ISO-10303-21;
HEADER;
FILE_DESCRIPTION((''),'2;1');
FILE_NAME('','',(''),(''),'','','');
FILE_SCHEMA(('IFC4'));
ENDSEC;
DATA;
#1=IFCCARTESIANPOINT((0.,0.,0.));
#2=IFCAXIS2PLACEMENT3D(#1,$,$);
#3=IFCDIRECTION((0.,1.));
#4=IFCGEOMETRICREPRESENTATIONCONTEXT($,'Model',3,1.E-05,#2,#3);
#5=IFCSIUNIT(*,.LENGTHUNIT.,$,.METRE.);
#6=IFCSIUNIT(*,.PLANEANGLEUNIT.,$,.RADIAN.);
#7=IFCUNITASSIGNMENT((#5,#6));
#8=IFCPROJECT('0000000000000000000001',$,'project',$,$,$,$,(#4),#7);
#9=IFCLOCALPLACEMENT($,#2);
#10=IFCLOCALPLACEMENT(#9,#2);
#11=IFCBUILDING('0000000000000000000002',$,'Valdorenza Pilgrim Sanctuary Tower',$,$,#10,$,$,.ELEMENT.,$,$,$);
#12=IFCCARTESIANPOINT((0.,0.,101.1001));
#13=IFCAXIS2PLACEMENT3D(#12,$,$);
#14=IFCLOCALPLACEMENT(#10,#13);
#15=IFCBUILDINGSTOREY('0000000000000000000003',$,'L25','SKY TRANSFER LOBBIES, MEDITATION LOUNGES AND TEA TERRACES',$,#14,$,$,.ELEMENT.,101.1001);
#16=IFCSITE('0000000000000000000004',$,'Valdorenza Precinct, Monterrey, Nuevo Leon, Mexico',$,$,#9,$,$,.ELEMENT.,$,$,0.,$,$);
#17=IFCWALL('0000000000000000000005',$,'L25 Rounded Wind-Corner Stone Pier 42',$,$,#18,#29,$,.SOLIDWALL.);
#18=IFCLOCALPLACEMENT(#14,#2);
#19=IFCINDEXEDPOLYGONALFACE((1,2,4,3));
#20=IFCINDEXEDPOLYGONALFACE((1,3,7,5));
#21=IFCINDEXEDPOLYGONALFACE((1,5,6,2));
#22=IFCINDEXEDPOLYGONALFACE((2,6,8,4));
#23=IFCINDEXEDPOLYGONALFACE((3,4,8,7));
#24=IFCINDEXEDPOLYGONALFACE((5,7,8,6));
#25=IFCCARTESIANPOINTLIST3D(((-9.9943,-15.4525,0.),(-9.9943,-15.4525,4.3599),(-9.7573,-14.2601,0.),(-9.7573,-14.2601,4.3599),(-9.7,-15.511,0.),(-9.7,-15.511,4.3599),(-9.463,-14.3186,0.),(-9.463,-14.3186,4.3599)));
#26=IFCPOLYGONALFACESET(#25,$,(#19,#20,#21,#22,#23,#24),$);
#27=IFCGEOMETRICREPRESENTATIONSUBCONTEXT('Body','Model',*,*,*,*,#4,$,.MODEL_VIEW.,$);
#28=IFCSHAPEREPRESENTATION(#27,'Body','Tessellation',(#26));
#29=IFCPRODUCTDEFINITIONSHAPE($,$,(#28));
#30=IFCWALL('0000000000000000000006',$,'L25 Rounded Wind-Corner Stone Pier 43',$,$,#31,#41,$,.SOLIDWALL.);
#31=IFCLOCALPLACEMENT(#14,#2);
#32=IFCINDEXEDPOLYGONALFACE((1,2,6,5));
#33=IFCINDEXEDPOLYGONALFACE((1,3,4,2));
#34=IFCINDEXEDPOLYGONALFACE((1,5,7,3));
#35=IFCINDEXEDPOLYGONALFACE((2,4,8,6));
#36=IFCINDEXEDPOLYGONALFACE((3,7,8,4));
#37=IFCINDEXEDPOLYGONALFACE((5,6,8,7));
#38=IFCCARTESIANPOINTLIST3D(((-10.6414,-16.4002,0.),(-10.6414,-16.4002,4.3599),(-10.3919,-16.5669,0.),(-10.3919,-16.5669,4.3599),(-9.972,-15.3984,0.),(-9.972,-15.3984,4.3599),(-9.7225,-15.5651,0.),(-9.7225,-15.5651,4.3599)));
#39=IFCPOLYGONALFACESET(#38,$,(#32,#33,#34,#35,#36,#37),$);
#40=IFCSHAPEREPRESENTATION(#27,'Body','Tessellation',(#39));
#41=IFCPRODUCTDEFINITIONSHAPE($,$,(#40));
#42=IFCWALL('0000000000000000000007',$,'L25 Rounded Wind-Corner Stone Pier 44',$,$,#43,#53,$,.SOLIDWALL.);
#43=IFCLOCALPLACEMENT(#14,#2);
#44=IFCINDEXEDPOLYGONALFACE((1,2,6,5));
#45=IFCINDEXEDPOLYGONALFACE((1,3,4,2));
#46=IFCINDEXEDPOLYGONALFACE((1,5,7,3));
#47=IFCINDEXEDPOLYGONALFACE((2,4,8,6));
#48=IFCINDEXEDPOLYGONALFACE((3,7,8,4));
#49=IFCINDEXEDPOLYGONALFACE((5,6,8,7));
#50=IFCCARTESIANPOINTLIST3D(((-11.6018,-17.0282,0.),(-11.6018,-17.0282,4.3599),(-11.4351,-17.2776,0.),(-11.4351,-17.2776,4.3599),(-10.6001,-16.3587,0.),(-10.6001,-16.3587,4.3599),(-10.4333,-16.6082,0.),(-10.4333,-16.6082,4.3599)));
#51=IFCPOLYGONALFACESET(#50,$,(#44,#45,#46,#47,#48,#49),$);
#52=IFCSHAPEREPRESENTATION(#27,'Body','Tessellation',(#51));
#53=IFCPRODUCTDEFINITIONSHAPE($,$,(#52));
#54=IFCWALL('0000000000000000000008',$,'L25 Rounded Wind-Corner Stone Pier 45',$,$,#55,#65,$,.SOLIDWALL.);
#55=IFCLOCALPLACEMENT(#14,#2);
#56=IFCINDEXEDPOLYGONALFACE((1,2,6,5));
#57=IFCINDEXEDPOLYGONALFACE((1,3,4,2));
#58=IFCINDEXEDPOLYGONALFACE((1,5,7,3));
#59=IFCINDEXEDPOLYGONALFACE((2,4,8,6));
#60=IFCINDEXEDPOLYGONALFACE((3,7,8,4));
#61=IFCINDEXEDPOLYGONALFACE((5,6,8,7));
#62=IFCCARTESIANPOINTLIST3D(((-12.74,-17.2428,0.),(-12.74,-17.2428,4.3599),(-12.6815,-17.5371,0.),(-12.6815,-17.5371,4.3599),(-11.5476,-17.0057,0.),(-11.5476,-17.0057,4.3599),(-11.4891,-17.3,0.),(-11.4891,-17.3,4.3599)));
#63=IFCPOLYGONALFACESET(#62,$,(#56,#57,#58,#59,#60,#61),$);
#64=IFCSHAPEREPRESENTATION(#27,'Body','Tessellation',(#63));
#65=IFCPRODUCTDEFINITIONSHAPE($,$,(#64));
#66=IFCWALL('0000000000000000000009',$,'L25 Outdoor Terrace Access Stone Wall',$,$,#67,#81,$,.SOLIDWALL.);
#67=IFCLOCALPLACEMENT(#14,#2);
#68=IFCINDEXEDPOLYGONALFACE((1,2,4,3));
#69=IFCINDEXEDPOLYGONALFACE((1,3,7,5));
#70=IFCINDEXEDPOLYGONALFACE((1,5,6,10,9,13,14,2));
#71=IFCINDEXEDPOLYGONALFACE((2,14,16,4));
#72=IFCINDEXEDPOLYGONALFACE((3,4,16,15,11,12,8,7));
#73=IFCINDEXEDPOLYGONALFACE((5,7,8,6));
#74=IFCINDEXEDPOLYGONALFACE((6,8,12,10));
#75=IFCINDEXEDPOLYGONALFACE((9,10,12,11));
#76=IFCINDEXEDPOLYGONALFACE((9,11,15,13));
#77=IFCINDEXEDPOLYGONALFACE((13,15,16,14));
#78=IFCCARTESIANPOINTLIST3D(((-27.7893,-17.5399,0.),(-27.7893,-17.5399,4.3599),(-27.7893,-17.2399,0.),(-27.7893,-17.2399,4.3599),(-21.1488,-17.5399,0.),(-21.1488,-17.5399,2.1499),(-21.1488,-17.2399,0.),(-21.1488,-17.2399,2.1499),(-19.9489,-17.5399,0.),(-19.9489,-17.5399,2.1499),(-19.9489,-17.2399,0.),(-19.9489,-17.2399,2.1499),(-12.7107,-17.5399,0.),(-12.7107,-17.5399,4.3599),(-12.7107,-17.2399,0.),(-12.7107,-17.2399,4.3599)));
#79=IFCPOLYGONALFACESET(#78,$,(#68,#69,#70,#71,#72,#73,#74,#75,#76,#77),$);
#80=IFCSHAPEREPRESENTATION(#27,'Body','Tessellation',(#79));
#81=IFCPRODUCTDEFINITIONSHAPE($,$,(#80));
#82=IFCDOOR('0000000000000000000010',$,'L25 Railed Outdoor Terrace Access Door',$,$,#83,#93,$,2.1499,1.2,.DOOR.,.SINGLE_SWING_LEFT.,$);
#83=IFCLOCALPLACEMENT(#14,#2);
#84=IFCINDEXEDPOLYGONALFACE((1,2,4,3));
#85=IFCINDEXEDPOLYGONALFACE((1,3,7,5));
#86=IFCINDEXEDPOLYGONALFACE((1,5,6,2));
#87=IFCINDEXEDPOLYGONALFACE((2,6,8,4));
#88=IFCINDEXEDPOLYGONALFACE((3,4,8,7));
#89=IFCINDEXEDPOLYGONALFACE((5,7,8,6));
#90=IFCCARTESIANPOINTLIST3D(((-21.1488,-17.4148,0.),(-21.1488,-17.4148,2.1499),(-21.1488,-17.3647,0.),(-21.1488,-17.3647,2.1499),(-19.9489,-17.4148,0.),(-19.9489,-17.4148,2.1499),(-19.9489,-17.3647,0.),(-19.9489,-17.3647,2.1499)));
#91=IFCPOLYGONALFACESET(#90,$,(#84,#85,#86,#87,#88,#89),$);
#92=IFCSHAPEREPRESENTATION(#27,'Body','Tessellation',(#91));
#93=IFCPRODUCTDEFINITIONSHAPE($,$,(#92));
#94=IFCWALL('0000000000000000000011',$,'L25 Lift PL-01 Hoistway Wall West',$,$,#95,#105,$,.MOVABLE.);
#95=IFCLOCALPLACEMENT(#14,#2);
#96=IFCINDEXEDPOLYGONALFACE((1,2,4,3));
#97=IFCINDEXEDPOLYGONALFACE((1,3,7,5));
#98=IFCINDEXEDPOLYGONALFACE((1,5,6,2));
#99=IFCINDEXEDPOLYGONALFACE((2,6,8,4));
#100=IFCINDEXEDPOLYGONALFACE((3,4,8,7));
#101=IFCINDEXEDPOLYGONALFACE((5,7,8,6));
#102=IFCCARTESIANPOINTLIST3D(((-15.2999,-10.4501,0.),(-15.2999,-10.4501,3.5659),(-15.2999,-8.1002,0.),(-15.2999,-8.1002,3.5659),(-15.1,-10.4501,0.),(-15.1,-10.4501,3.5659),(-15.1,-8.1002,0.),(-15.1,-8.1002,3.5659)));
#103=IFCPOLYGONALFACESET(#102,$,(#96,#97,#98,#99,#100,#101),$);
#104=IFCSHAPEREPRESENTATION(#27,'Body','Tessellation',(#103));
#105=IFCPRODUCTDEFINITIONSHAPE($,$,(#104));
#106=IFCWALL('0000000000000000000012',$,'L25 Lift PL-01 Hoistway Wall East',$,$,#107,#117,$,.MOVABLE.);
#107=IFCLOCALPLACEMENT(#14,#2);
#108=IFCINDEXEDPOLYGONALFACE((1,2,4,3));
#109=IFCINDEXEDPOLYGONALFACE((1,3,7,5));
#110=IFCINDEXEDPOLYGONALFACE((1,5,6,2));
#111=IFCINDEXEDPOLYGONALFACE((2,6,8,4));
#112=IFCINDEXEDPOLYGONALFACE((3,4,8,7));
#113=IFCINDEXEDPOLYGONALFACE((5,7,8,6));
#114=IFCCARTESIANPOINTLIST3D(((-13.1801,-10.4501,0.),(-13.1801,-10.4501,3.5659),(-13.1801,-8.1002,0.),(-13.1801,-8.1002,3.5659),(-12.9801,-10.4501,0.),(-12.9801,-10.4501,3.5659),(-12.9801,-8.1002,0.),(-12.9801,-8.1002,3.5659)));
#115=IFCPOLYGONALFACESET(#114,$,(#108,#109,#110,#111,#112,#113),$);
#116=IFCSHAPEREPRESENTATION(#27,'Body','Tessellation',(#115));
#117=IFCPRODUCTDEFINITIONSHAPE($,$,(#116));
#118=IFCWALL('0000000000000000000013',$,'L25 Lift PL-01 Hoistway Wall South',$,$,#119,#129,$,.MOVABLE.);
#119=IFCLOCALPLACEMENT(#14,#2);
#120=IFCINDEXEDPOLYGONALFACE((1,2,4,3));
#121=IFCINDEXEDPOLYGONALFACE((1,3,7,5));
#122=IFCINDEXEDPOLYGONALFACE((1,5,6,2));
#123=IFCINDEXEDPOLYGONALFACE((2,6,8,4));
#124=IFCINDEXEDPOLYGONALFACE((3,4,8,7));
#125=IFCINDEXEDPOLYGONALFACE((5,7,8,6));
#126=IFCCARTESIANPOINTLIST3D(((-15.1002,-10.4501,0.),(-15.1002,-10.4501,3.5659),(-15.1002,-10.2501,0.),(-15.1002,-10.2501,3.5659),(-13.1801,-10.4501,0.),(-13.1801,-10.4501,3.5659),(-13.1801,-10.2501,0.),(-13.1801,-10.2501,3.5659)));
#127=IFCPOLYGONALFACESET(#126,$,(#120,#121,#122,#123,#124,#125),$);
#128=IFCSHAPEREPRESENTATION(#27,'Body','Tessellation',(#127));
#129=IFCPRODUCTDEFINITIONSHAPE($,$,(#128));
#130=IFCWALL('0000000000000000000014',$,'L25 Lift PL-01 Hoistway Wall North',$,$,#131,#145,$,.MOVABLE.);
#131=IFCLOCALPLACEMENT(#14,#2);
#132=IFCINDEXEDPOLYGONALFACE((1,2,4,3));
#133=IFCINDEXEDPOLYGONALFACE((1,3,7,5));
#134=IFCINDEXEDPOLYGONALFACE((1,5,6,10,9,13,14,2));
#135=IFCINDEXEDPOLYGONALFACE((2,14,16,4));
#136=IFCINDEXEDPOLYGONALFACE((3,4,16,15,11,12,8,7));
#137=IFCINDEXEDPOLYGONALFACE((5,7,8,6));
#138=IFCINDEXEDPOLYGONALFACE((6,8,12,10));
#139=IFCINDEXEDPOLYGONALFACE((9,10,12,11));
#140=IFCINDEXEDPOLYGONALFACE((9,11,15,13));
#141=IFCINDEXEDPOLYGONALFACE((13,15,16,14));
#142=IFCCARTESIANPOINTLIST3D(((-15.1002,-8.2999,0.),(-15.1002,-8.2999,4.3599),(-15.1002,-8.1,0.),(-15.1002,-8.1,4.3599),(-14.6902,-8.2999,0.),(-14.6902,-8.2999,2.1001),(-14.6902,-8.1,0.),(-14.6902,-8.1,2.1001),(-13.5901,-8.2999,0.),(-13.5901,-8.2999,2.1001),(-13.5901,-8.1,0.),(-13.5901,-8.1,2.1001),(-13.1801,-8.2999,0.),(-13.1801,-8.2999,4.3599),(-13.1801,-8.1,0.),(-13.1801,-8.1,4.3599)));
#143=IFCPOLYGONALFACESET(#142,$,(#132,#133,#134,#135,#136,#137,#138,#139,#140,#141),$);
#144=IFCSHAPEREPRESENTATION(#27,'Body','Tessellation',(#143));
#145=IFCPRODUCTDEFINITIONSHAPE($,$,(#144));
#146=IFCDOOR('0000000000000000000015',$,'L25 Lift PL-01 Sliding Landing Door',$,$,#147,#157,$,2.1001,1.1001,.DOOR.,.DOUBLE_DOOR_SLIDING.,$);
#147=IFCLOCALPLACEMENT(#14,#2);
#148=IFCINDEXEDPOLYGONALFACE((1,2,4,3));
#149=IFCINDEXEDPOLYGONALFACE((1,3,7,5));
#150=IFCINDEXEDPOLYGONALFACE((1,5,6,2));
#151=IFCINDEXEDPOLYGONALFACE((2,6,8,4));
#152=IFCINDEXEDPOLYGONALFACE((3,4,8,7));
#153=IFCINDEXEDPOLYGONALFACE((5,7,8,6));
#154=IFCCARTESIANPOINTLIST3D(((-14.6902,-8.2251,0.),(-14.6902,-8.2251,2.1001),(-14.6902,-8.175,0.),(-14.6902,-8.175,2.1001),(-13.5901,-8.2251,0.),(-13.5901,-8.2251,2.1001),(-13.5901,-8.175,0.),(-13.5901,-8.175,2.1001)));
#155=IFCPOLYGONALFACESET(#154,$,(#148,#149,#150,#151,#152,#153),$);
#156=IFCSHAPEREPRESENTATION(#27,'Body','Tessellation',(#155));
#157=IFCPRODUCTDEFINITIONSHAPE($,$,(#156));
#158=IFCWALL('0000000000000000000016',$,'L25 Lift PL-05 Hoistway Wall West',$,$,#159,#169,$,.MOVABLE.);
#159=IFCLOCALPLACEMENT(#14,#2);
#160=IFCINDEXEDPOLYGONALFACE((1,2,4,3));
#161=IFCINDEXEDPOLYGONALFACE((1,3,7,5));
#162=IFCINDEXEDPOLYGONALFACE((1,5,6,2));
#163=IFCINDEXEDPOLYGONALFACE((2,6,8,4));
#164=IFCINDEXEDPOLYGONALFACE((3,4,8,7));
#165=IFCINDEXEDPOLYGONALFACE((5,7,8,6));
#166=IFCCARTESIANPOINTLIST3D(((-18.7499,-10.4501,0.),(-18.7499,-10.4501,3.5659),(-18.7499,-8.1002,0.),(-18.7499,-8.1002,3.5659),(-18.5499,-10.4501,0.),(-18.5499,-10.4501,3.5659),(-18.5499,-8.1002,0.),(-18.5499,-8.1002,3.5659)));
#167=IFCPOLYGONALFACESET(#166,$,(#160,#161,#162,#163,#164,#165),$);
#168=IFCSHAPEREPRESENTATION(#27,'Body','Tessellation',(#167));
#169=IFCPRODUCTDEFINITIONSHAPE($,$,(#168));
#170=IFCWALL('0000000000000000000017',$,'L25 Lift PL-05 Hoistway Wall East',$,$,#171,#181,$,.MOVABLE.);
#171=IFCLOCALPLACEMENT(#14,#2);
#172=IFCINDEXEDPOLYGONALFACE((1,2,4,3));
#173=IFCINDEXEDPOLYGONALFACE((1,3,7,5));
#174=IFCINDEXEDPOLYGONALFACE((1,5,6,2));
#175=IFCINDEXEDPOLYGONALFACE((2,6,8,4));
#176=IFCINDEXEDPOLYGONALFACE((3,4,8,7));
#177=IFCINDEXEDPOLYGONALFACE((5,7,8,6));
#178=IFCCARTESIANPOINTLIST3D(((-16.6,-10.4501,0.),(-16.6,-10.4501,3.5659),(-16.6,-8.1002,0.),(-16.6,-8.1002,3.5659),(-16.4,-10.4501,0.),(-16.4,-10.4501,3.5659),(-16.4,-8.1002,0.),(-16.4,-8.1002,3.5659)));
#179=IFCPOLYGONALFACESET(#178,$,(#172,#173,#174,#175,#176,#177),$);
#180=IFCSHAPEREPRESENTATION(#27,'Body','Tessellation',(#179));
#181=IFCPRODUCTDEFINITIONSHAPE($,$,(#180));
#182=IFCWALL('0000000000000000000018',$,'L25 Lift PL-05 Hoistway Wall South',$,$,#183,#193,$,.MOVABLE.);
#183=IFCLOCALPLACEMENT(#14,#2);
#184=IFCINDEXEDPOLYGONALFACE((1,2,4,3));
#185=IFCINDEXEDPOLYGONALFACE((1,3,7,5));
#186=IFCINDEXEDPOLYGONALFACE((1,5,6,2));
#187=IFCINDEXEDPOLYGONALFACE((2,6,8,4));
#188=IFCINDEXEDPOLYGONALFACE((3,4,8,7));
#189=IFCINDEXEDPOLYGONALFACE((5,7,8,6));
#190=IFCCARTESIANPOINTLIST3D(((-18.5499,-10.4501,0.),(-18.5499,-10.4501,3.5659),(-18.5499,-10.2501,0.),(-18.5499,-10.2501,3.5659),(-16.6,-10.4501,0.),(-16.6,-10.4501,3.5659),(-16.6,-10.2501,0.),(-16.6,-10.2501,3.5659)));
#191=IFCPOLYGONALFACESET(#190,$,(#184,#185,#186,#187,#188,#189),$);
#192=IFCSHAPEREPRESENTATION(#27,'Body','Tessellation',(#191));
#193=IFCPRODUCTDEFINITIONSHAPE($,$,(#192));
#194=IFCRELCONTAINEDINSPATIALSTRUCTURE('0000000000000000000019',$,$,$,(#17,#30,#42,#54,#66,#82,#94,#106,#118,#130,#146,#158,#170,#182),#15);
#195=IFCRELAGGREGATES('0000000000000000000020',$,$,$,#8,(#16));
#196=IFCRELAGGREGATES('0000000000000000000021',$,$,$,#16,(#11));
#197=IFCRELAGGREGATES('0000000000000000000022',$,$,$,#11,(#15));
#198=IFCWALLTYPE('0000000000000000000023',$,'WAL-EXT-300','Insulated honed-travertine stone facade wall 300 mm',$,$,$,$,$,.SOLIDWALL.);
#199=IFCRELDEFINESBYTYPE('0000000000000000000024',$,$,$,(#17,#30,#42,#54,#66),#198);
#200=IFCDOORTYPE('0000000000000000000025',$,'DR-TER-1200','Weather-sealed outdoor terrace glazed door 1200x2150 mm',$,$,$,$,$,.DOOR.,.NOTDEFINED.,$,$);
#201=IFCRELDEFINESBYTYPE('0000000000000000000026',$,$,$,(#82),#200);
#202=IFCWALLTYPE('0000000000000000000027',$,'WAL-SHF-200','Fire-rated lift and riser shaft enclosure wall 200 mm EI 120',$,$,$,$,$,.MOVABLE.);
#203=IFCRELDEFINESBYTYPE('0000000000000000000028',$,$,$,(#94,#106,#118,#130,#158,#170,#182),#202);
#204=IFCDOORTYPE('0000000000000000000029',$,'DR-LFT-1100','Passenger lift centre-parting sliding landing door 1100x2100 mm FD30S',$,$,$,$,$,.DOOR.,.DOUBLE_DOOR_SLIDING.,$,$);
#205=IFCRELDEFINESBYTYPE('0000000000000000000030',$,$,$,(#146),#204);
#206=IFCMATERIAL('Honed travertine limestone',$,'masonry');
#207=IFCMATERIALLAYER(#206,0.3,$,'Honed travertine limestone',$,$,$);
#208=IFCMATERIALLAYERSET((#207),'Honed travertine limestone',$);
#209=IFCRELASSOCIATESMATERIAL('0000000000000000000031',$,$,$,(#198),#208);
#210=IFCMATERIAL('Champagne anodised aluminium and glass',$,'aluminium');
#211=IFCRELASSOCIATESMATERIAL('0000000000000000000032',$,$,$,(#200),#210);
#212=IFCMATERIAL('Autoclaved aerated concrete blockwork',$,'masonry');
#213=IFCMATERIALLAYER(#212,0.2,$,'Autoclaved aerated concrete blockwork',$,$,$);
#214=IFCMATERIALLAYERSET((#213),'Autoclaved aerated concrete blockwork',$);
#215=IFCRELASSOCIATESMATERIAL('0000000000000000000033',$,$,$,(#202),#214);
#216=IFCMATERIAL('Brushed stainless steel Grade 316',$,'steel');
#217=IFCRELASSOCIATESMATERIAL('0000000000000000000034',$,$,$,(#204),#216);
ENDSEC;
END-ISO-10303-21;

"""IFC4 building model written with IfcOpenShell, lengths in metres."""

from ifc_helpers import new_model, si_unit, direction, frame, frame_2d, origin, place, context, subcontext, project, spatial, rectangle, extrude, material, layer, layer_set, type_object, element, fill, save


model = new_model("IFC4")

# Units and contexts
model_context = context("Model", 3, precision=1e-05, world=origin(), true_north=direction((0.0, 1.0)))
body_context = subcontext(model_context, "Body", "Model", "MODEL_VIEW")
ifc_project = project(units=[si_unit("LENGTHUNIT", "METRE"), si_unit("PLANEANGLEUNIT", "RADIAN")], contexts=[model_context])

# Site, building, storey
site_placement = place(None, origin())
site = spatial("IfcSite", under=ifc_project, at=site_placement, Name="Valdorenza Precinct, Monterrey, Nuevo Leon, Mexico", CompositionType="ELEMENT", RefElevation=0.0)
building_placement = place(site_placement, origin())
building = spatial("IfcBuilding", under=site, at=building_placement, Name="Valdorenza Pilgrim Sanctuary Tower", CompositionType="ELEMENT")
storey_placement = place(building_placement, frame((0.0, 0.0, 101.1001)))
storey = spatial("IfcBuildingStorey", under=building, at=storey_placement, Name="L25", Description="SKY TRANSFER LOBBIES, MEDITATION LOUNGES AND TEA TERRACES", CompositionType="ELEMENT", Elevation=101.1001)

# Shared definitions
ifc_material_1 = material(Name="Honed travertine limestone", Category="masonry")

# Walls
ifc_layer_1 = layer(ifc_material_1, 0.3, Name="Honed travertine limestone")
ifc_layer_set_1 = layer_set([ifc_layer_1], Name="Honed travertine limestone")
wall_type_1 = type_object("IfcWallType", Name="WAL-EXT-300", Description="Insulated honed-travertine stone facade wall 300 mm", PredefinedType="SOLIDWALL", material=ifc_layer_set_1)
wall_1_placement = place(storey_placement, frame((-9.6101, -14.2893, 0.0), z_axis=(0.0, 0.0, 1.0), x_axis=(-0.194996, -0.980804, 0.0)))
element("IfcWall", 1, at=wall_1_placement, inside=storey, type_object=wall_type_1, Name="L25 Rounded Wind-Corner Stone Pier 42", PredefinedType="SOLIDWALL", context=body_context, shape_type="SweptSolid", body=[
    extrude(rectangle(XDim=1.2158, YDim=0.3, at=frame_2d((0.6079, 0.0))), origin(), (0.0, 0.0, 1.0), 4.3599),
])
for number, where, z_axis, x_axis, name in (
    (2, (-9.8472, -15.4817, 0.0), (0.0, 0.0, 1.0), (-0.555635, -0.831426, 0.0), "L25 Rounded Wind-Corner Stone Pier 43"),
    (3, (-10.5166, -16.4834, 0.0), (0.0, 0.0, 1.0), (-0.831426, -0.555635, 0.0), "L25 Rounded Wind-Corner Stone Pier 44"),
):
    element("IfcWall", number, at=place(storey_placement, frame(where, z_axis=z_axis, x_axis=x_axis)), inside=storey, type_object=wall_type_1, Name=name, PredefinedType="SOLIDWALL", context=body_context, shape_type="SweptSolid", body=[
        extrude(rectangle(XDim=1.2048, YDim=0.3, at=frame_2d((0.6025, 0.0))), origin(), (0.0, 0.0, 1.0), 4.3599),
    ])
wall_2_placement = place(storey_placement, frame((-11.5183, -17.1528, 0.0), z_axis=(0.0, 0.0, 1.0), x_axis=(-0.980804, -0.194996, 0.0)))
element("IfcWall", 4, at=wall_2_placement, inside=storey, type_object=wall_type_1, Name="L25 Rounded Wind-Corner Stone Pier 45", PredefinedType="SOLIDWALL", context=body_context, shape_type="SweptSolid", body=[
    extrude(rectangle(XDim=1.2158, YDim=0.3, at=frame_2d((0.6079, 0.0))), origin(), (0.0, 0.0, 1.0), 4.3599),
])

# Wall, opening, door
wall_3_placement = place(storey_placement, frame((-12.7107, -17.3899, 0.0), z_axis=(0.0, 0.0, 1.0), x_axis=(-1.0, 0.0, 0.0)))
wall_3 = element("IfcWall", 5, at=wall_3_placement, inside=storey, type_object=wall_type_1, Name="L25 Outdoor Terrace Access Stone Wall", PredefinedType="SOLIDWALL", context=body_context, shape_type="SweptSolid", body=[
    extrude(rectangle(XDim=15.0786, YDim=0.3, at=frame_2d((7.5393, 0.0))), origin(), (0.0, 0.0, 1.0), 4.3599),
])
opening_1_placement = place(wall_3_placement, frame((7.238, 0.0, 0.0)))
opening_1 = element("IfcOpeningElement", 6, at=opening_1_placement, cuts=wall_3, PredefinedType="OPENING", context=body_context, shape_type="SweptSolid", body=[
    extrude(rectangle(XDim=1.2, YDim=2.1499, at=frame_2d((0.6001, 1.075))), frame((0.0, 0.165, 0.0), z_axis=(0.0, -1.0, 0.0), x_axis=(1.0, 0.0, 0.0)), (0.0, 0.0, 1.0), 0.3298),
])
ifc_material_2 = material(Name="Champagne anodised aluminium and glass", Category="aluminium")
door_type_1 = type_object("IfcDoorType", Name="DR-TER-1200", Description="Weather-sealed outdoor terrace glazed door 1200x2150 mm", OperationType="NOTDEFINED", PredefinedType="DOOR", material=ifc_material_2)
door_1_placement = place(opening_1_placement, origin())
door_1 = element("IfcDoor", 7, at=door_1_placement, inside=storey, type_object=door_type_1, Name="L25 Railed Outdoor Terrace Access Door", OperationType="SINGLE_SWING_LEFT", OverallHeight=2.1499, OverallWidth=1.2, PredefinedType="DOOR", context=body_context, shape_type="SweptSolid", body=[
    extrude(rectangle(XDim=1.2, YDim=2.1499, at=frame_2d((0.6001, 1.075))), frame((0.0, 0.0249, 0.0), z_axis=(0.0, -1.0, 0.0), x_axis=(1.0, 0.0, 0.0)), (0.0, 0.0, 1.0), 0.05),
])
fill(opening_1, door_1)

# Walls
ifc_material_3 = material(Name="Autoclaved aerated concrete blockwork", Category="masonry")
ifc_layer_2 = layer(ifc_material_3, 0.2, Name="Autoclaved aerated concrete blockwork")
ifc_layer_set_2 = layer_set([ifc_layer_2], Name="Autoclaved aerated concrete blockwork")
wall_type_2 = type_object("IfcWallType", Name="WAL-SHF-200", Description="Fire-rated lift and riser shaft enclosure wall 200 mm EI 120", PredefinedType="MOVABLE", material=ifc_layer_set_2)
for number, where, z_axis, x_axis, name in (
    (8, (-15.2, -10.45, 0.0), (0.0, 0.0, 1.0), (0.0, 1.0, 0.0), "L25 Lift PL-01 Hoistway Wall West"),
    (9, (-13.0801, -10.45, 0.0), (0.0, 0.0, 1.0), (0.0, 1.0, 0.0), "L25 Lift PL-01 Hoistway Wall East"),
):
    element("IfcWall", number, at=place(storey_placement, frame(where, z_axis=z_axis, x_axis=x_axis)), inside=storey, type_object=wall_type_2, Name=name, PredefinedType="MOVABLE", context=body_context, shape_type="SweptSolid", body=[
        extrude(rectangle(XDim=2.3499, YDim=0.2, at=frame_2d((1.1748, 0.0))), origin(), (0.0, 0.0, 1.0), 3.5659),
    ])
wall_4_placement = place(storey_placement, frame((-15.1001, -10.3501, 0.0), z_axis=(0.0, 0.0, 1.0), x_axis=(1.0, 0.0, 0.0)))
element("IfcWall", 10, at=wall_4_placement, inside=storey, type_object=wall_type_2, Name="L25 Lift PL-01 Hoistway Wall South", PredefinedType="MOVABLE", context=body_context, shape_type="SweptSolid", body=[
    extrude(rectangle(XDim=1.9202, YDim=0.2, at=frame_2d((0.96, 0.0))), origin(), (0.0, 0.0, 1.0), 3.5659),
])

# Wall, opening, door
wall_5_placement = place(storey_placement, frame((-15.1001, -8.2, 0.0), z_axis=(0.0, 0.0, 1.0), x_axis=(1.0, 0.0, 0.0)))
wall_5 = element("IfcWall", 11, at=wall_5_placement, inside=storey, type_object=wall_type_2, Name="L25 Lift PL-01 Hoistway Wall North", PredefinedType="MOVABLE", context=body_context, shape_type="SweptSolid", body=[
    extrude(rectangle(XDim=1.9202, YDim=0.2, at=frame_2d((0.96, 0.0))), origin(), (0.0, 0.0, 1.0), 4.3599),
])
opening_2_placement = place(wall_5_placement, frame((0.4099, 0.0, 0.0)))
opening_2 = element("IfcOpeningElement", 12, at=opening_2_placement, cuts=wall_5, PredefinedType="OPENING", context=body_context, shape_type="SweptSolid", body=[
    extrude(rectangle(XDim=1.1001, YDim=2.1001, at=frame_2d((0.55, 1.05))), frame((0.0, 0.1147, 0.0), z_axis=(0.0, -1.0, 0.0), x_axis=(1.0, 0.0, 0.0)), (0.0, 0.0, 1.0), 0.2297),
])
ifc_material_4 = material(Name="Brushed stainless steel Grade 316", Category="steel")
door_type_2 = type_object("IfcDoorType", Name="DR-LFT-1100", Description="Passenger lift centre-parting sliding landing door 1100x2100 mm FD30S", OperationType="DOUBLE_DOOR_SLIDING", PredefinedType="DOOR", material=ifc_material_4)
door_2_placement = place(opening_2_placement, origin())
door_2 = element("IfcDoor", 13, at=door_2_placement, inside=storey, type_object=door_type_2, Name="L25 Lift PL-01 Sliding Landing Door", OperationType="DOUBLE_DOOR_SLIDING", OverallHeight=2.1001, OverallWidth=1.1001, PredefinedType="DOOR", context=body_context, shape_type="SweptSolid", body=[
    extrude(rectangle(XDim=1.1001, YDim=2.1001, at=frame_2d((0.55, 1.05))), frame((0.0, 0.0249, 0.0), z_axis=(0.0, -1.0, 0.0), x_axis=(1.0, 0.0, 0.0)), (0.0, 0.0, 1.0), 0.05),
])
fill(opening_2, door_2)

# Walls
for number, where, z_axis, x_axis, name in (
    (14, (-18.6499, -10.45, 0.0), (0.0, 0.0, 1.0), (0.0, 1.0, 0.0), "L25 Lift PL-05 Hoistway Wall West"),
    (15, (-16.5, -10.45, 0.0), (0.0, 0.0, 1.0), (0.0, 1.0, 0.0), "L25 Lift PL-05 Hoistway Wall East"),
):
    element("IfcWall", number, at=place(storey_placement, frame(where, z_axis=z_axis, x_axis=x_axis)), inside=storey, type_object=wall_type_2, Name=name, PredefinedType="MOVABLE", context=body_context, shape_type="SweptSolid", body=[
        extrude(rectangle(XDim=2.3499, YDim=0.2, at=frame_2d((1.1748, 0.0))), origin(), (0.0, 0.0, 1.0), 3.5659),
    ])
wall_6_placement = place(storey_placement, frame((-18.55, -10.3501, 0.0), z_axis=(0.0, 0.0, 1.0), x_axis=(1.0, 0.0, 0.0)))
element("IfcWall", 16, at=wall_6_placement, inside=storey, type_object=wall_type_2, Name="L25 Lift PL-05 Hoistway Wall South", PredefinedType="MOVABLE", context=body_context, shape_type="SweptSolid", body=[
    extrude(rectangle(XDim=1.95, YDim=0.2, at=frame_2d((0.9751, 0.0))), origin(), (0.0, 0.0, 1.0), 3.5659),
])

save(model, "model.ifc")
